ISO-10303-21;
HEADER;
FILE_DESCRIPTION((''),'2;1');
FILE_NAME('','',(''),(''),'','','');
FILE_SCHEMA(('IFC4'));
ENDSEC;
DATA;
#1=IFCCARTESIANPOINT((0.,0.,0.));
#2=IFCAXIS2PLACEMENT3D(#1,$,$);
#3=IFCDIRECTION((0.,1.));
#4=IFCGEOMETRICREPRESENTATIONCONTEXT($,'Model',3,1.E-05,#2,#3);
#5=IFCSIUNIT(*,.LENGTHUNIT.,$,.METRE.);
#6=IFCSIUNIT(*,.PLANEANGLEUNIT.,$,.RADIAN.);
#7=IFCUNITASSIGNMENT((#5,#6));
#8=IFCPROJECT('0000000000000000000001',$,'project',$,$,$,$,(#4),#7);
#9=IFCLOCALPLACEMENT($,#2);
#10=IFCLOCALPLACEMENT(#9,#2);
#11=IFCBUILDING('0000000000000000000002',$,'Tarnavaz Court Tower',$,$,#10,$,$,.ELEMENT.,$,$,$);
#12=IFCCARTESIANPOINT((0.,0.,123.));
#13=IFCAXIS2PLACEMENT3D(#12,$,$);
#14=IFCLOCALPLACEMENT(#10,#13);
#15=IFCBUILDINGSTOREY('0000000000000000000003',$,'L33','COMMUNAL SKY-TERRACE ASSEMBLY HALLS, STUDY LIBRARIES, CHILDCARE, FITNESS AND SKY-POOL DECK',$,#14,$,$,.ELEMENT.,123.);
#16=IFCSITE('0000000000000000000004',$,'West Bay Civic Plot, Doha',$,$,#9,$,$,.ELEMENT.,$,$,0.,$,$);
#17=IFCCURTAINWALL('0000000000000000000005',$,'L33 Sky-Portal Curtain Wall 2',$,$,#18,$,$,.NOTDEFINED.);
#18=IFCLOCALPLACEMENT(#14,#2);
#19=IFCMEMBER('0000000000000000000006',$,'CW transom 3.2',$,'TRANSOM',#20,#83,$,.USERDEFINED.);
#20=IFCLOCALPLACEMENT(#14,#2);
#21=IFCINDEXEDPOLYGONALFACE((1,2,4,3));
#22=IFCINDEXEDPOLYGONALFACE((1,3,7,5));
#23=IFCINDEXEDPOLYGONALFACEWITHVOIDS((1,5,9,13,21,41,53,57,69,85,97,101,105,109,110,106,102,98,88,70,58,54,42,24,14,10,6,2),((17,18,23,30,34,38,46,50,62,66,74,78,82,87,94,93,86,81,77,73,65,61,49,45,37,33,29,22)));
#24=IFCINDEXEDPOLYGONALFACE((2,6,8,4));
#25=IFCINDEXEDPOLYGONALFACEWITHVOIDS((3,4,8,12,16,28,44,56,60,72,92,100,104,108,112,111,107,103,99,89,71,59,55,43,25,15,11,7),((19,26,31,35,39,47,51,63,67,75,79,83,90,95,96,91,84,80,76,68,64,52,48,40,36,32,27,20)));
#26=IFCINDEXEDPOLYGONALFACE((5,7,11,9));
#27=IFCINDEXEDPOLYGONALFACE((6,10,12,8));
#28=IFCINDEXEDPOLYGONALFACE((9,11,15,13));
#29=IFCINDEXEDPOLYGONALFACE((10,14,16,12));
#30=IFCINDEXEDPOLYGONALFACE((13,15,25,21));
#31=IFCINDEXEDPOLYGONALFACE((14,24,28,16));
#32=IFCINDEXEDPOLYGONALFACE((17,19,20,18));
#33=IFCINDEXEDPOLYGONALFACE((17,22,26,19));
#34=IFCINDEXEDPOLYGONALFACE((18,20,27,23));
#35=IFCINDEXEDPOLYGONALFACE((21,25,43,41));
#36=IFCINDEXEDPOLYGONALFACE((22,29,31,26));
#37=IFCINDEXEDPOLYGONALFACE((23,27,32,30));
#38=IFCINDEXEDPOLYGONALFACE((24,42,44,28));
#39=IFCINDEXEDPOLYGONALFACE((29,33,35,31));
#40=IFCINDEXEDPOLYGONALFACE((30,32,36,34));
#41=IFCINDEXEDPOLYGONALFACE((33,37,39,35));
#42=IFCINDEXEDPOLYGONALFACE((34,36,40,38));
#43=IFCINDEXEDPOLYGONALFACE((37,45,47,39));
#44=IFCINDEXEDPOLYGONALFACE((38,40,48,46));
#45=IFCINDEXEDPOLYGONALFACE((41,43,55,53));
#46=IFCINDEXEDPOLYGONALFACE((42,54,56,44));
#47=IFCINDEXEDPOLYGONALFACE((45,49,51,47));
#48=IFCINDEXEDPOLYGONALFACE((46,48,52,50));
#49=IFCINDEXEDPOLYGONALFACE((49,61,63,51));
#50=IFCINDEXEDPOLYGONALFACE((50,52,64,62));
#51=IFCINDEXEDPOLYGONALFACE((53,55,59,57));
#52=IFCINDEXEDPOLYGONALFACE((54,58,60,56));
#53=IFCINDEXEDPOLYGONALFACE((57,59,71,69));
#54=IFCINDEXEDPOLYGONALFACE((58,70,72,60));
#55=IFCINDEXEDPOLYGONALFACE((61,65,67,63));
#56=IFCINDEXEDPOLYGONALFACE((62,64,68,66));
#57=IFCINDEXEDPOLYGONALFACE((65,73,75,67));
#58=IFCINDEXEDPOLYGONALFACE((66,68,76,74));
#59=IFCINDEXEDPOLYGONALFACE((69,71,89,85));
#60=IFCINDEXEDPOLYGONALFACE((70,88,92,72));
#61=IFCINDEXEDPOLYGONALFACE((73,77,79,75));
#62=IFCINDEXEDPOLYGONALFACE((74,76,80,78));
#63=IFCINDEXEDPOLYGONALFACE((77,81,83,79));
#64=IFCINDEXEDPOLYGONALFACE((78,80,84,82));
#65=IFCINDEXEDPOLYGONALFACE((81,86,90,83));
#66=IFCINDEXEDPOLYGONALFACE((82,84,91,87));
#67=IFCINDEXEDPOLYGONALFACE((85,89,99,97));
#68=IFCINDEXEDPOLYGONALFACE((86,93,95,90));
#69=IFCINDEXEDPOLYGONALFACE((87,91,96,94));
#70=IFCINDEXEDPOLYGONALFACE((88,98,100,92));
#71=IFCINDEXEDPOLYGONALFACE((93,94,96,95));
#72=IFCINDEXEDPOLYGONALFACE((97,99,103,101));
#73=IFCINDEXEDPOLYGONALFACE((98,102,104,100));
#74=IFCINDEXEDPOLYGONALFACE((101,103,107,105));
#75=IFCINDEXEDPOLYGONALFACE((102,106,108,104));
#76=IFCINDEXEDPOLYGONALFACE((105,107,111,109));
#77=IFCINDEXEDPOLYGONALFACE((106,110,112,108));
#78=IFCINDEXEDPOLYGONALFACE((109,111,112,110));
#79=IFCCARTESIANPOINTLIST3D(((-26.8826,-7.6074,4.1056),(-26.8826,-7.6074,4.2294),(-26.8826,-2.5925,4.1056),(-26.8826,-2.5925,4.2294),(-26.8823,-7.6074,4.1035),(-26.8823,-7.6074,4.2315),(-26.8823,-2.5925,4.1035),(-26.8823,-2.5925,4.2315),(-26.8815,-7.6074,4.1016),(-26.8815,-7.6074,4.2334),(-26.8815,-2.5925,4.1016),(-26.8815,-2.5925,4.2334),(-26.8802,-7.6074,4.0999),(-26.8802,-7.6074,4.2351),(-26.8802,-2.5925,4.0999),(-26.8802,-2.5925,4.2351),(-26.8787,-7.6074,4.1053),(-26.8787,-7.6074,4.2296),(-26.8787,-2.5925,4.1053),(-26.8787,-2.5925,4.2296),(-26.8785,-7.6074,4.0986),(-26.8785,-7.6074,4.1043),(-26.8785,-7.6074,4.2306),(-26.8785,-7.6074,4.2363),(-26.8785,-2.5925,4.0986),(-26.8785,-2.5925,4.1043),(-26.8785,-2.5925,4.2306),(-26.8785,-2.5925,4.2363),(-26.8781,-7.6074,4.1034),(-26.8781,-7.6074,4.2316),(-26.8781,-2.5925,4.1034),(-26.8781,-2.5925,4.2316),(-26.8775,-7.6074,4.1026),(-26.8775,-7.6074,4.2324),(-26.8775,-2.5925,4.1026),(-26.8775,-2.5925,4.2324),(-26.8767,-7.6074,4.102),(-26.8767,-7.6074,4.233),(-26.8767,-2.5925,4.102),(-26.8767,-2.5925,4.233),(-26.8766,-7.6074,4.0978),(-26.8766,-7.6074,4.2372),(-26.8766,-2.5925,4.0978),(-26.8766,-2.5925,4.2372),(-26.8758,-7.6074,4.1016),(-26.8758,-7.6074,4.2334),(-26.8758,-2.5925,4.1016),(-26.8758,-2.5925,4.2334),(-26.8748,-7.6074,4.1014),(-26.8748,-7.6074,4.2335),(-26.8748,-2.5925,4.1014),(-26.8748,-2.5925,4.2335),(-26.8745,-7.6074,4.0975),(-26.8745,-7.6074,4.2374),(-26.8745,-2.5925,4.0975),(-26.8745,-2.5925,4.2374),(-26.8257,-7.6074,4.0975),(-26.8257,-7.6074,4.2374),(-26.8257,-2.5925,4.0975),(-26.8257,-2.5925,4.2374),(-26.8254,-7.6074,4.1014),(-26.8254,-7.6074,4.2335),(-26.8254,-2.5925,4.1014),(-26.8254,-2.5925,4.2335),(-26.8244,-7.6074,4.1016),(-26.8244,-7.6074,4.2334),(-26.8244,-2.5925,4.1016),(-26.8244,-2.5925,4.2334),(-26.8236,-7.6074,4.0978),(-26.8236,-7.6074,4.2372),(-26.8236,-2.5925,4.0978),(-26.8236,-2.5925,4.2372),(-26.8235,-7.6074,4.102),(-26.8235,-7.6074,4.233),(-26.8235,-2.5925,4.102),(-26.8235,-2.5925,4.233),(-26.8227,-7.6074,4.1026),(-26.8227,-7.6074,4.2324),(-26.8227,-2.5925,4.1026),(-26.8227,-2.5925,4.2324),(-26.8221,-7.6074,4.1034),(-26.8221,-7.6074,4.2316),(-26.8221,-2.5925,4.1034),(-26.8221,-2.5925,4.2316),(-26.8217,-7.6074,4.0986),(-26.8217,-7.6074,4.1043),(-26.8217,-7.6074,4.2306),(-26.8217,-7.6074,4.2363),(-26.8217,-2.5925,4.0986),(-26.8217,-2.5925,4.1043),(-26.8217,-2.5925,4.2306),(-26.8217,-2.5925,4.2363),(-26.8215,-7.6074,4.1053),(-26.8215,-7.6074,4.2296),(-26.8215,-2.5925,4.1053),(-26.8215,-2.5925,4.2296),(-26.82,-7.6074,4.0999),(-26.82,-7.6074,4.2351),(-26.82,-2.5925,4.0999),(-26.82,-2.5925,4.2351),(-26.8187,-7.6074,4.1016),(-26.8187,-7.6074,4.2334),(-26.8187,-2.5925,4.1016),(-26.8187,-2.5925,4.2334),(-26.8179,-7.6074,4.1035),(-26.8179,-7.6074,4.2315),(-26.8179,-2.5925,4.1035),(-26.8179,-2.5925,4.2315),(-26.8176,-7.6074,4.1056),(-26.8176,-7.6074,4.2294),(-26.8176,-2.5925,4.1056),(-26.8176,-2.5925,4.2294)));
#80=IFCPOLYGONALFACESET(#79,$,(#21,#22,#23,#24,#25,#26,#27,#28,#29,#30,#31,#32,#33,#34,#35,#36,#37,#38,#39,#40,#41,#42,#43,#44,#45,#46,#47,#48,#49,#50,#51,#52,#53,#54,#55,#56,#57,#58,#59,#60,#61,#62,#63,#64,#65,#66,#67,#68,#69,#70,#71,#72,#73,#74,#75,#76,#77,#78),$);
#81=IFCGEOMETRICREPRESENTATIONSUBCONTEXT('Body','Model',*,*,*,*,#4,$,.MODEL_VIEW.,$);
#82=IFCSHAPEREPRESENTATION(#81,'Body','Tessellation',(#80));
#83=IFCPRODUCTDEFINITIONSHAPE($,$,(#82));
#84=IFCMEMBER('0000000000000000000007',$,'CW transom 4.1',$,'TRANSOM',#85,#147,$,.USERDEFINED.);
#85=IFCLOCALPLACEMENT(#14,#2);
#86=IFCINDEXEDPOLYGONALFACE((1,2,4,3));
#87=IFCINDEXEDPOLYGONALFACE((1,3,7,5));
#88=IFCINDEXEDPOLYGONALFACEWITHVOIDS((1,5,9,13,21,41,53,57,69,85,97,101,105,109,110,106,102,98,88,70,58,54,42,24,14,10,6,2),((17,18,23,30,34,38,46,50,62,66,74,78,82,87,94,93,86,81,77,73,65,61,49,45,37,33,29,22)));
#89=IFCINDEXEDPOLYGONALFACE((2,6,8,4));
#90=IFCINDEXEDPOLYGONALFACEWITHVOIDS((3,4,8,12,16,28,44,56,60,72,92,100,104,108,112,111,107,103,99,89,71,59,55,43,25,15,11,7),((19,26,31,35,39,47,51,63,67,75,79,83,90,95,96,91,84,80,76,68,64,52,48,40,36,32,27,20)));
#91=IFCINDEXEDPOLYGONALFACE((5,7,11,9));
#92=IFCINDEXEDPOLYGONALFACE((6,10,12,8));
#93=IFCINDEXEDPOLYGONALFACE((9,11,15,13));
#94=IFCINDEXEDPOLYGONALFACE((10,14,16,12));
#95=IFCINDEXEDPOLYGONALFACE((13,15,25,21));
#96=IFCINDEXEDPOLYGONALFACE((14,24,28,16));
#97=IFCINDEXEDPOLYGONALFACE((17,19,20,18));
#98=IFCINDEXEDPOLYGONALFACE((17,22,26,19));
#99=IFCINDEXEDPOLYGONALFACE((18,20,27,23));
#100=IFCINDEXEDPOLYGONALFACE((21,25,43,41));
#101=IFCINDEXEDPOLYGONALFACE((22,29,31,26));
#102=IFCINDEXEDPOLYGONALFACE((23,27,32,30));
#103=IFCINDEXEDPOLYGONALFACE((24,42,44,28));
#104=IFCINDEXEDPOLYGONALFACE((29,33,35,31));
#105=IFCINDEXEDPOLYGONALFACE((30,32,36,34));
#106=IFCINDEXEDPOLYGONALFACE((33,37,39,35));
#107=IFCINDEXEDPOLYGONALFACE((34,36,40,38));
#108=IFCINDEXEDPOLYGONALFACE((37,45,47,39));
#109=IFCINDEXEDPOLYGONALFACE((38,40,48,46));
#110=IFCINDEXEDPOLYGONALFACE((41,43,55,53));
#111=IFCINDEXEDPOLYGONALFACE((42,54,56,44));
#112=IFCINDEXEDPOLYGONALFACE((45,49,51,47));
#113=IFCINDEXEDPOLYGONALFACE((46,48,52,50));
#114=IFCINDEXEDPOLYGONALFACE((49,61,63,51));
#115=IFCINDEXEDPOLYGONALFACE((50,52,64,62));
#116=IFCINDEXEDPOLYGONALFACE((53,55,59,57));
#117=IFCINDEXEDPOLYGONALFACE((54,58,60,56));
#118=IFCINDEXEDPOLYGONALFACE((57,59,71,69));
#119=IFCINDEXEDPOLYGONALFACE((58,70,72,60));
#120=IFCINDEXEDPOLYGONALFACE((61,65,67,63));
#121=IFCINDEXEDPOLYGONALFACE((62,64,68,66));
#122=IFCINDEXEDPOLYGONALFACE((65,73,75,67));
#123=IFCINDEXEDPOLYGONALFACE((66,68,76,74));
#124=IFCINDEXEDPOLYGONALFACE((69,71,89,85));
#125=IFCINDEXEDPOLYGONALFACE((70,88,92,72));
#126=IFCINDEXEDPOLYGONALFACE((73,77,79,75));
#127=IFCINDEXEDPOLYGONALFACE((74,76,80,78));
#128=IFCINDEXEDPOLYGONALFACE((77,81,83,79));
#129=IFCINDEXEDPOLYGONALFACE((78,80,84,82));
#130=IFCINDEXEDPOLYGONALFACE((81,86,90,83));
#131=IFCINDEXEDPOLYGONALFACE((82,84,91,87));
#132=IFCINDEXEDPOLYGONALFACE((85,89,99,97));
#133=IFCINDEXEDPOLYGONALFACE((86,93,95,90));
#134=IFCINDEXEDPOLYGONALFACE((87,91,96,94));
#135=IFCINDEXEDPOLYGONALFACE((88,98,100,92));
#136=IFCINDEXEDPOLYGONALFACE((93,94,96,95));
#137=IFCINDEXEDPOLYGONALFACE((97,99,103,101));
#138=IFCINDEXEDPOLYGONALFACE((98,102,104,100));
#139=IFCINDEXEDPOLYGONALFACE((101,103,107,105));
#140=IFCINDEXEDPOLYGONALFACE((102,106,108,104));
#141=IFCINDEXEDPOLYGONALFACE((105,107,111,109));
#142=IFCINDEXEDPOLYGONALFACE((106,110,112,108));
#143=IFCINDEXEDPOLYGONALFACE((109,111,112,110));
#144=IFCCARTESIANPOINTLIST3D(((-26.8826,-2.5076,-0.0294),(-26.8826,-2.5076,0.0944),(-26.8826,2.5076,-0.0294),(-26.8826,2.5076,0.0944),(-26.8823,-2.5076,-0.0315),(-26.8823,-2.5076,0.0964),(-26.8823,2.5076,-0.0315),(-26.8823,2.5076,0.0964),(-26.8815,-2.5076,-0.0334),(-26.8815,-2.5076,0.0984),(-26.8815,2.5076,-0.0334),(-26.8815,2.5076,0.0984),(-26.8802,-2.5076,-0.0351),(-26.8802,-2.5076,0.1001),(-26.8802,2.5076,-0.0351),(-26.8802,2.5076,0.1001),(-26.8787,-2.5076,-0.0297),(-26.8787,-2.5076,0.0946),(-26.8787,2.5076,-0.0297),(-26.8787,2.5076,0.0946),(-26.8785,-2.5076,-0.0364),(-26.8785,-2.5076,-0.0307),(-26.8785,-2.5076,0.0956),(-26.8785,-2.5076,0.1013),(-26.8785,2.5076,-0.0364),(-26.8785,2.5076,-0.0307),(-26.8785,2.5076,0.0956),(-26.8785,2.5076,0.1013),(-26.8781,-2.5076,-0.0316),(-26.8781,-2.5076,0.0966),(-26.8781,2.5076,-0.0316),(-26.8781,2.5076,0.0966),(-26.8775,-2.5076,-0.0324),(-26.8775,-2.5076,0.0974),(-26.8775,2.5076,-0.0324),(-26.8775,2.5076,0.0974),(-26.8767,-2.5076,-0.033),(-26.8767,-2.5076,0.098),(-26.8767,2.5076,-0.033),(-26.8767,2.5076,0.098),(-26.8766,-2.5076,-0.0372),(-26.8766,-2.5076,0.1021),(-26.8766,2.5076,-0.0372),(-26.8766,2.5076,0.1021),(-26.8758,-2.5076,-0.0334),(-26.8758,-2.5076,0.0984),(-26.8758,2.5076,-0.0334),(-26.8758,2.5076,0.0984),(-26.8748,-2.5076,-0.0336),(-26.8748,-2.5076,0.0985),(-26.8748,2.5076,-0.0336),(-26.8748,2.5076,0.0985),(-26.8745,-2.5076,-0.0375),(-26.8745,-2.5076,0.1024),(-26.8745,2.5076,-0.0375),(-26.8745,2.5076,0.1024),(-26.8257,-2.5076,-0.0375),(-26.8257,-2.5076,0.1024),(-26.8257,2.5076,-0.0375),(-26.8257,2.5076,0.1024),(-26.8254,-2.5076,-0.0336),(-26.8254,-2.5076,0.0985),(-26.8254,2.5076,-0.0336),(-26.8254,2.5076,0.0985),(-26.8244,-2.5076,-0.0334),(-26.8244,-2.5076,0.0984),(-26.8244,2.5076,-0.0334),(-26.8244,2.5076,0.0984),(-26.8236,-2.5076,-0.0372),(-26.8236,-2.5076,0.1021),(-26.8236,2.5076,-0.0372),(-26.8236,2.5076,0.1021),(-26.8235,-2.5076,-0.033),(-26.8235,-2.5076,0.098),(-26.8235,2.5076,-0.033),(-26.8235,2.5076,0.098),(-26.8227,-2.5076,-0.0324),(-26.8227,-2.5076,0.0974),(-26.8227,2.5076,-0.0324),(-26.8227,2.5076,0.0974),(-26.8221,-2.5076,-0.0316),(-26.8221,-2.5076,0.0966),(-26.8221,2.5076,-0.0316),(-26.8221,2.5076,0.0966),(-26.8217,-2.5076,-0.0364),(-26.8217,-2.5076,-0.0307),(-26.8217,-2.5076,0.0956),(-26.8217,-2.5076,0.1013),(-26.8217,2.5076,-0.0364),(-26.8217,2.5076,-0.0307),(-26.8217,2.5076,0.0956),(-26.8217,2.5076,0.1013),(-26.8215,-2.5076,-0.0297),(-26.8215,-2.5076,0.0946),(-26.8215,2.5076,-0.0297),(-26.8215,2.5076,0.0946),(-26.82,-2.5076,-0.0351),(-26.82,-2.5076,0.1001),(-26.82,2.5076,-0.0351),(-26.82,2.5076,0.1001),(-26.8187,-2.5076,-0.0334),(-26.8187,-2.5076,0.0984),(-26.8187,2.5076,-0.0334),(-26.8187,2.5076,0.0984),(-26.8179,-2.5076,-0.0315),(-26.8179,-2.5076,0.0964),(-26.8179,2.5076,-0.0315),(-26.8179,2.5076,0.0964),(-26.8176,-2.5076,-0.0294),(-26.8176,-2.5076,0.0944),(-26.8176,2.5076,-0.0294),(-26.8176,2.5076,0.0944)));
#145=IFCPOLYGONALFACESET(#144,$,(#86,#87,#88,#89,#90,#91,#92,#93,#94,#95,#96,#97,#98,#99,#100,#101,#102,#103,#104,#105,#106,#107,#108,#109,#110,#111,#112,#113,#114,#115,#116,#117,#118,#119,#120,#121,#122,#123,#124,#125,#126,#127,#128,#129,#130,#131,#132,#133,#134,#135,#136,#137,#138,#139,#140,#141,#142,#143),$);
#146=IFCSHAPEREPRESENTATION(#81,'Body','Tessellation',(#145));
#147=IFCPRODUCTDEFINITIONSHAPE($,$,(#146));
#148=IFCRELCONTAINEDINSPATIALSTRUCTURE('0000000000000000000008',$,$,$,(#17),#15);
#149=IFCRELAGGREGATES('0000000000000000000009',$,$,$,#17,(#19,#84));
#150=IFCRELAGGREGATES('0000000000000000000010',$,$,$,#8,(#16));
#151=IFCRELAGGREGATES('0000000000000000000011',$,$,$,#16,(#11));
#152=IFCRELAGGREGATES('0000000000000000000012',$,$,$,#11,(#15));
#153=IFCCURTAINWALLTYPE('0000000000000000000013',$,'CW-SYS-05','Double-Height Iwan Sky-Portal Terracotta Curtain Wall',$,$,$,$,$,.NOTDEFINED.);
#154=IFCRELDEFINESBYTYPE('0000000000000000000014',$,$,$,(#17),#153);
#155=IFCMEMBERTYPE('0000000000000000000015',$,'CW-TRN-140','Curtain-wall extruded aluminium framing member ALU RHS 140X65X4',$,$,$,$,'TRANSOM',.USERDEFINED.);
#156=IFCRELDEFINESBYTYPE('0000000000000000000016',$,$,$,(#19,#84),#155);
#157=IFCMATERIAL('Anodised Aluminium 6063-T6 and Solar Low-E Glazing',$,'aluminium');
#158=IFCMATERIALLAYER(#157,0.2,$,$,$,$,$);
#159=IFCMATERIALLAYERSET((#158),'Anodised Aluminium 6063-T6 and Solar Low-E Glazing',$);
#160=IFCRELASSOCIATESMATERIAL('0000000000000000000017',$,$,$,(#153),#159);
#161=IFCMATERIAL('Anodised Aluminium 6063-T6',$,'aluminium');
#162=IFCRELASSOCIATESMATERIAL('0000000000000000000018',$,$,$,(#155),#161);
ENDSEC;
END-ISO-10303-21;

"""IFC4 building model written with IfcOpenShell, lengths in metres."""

from ifc_helpers import new_model, si_unit, direction, frame, origin, origin_2d, place, context, subcontext, project, spatial, hollow_rectangle, extrude, material, layer, layer_set, material_profile, profile_set, type_object, element, aggregate, save


model = new_model("IFC4")

# Units and contexts
model_context = context("Model", 3, precision=1e-05, world=origin(), true_north=direction((0.0, 1.0)))
body_context = subcontext(model_context, "Body", "Model", "MODEL_VIEW")
ifc_project = project(units=[si_unit("LENGTHUNIT", "METRE"), si_unit("PLANEANGLEUNIT", "RADIAN")], contexts=[model_context])

# Site, building, storey
site_placement = place(None, origin())
site = spatial("IfcSite", under=ifc_project, at=site_placement, Name="West Bay Civic Plot, Doha", CompositionType="ELEMENT", RefElevation=0.0)
building_placement = place(site_placement, origin())
building = spatial("IfcBuilding", under=site, at=building_placement, Name="Tarnavaz Court Tower", CompositionType="ELEMENT")
storey_placement = place(building_placement, frame((0.0, 0.0, 123.0)))
storey = spatial("IfcBuildingStorey", under=building, at=storey_placement, Name="L33", Description="COMMUNAL SKY-TERRACE ASSEMBLY HALLS, STUDY LIBRARIES, CHILDCARE, FITNESS AND SKY-POOL DECK", CompositionType="ELEMENT", Elevation=123.0)

# Curtain wall, members
ifc_material_1 = material(Name="Anodised Aluminium 6063-T6 and Solar Low-E Glazing", Category="aluminium")
ifc_layer_1 = layer(ifc_material_1, 0.2)
ifc_layer_set_1 = layer_set([ifc_layer_1], Name="Anodised Aluminium 6063-T6 and Solar Low-E Glazing")
curtain_wall_type = type_object("IfcCurtainWallType", Name="CW-SYS-05", Description="Double-Height Iwan Sky-Portal Terracotta Curtain Wall", PredefinedType="NOTDEFINED", material=ifc_layer_set_1)
curtain_wall_placement = place(storey_placement, origin())
curtain_wall = element("IfcCurtainWall", 1, at=curtain_wall_placement, inside=storey, type_object=curtain_wall_type, Name="L33 Sky-Portal Curtain Wall 2", PredefinedType="NOTDEFINED")
ifc_material_2 = material(Name="Anodised Aluminium 6063-T6", Category="aluminium")
ifc_material_profile_1 = material_profile(ifc_material_2, hollow_rectangle(XDim=0.0649, YDim=0.1399, WallThickness=0.0039, InnerFilletRadius=0.0039, OuterFilletRadius=0.0081, at=origin_2d()), Name="ALU RHS 140X65X4")
ifc_profile_set_1 = profile_set([ifc_material_profile_1], Name="Anodised Aluminium 6063-T6")
member_type_1 = type_object("IfcMemberType", Name="CW-TRN-140", Description="Curtain-wall extruded aluminium framing member ALU RHS 140X65X4", ElementType="TRANSOM", PredefinedType="USERDEFINED", material=ifc_profile_set_1)
member_1_placement = place(storey_placement, frame((-26.8501, -7.6074, 4.1675), z_axis=(0.0, 1.0, 0.0), x_axis=(-1.0, 0.0, 0.0)))
member_1 = element("IfcMember", 2, at=member_1_placement, type_object=member_type_1, Name="CW transom 3.2", ObjectType="TRANSOM", PredefinedType="USERDEFINED", context=body_context, shape_type="SweptSolid", body=[
    extrude(hollow_rectangle(XDim=0.0649, YDim=0.1399, WallThickness=0.0039, InnerFilletRadius=0.0039, OuterFilletRadius=0.0081, at=origin_2d()), origin(), (0.0, 0.0, 1.0), 5.0149),
])
member_2_placement = place(storey_placement, frame((-26.8501, -2.5076, 0.0325), z_axis=(0.0, 1.0, 0.0), x_axis=(-1.0, 0.0, 0.0)))
member_2 = element("IfcMember", 3, at=member_2_placement, type_object=member_type_1, Name="CW transom 4.1", ObjectType="TRANSOM", PredefinedType="USERDEFINED", context=body_context, shape_type="SweptSolid", body=[
    extrude(hollow_rectangle(XDim=0.0649, YDim=0.1399, WallThickness=0.0039, InnerFilletRadius=0.0039, OuterFilletRadius=0.0081, at=origin_2d()), origin(), (0.0, 0.0, 1.0), 5.0151),
])
aggregate(curtain_wall, [member_1, member_2])

save(model, "model.ifc")
